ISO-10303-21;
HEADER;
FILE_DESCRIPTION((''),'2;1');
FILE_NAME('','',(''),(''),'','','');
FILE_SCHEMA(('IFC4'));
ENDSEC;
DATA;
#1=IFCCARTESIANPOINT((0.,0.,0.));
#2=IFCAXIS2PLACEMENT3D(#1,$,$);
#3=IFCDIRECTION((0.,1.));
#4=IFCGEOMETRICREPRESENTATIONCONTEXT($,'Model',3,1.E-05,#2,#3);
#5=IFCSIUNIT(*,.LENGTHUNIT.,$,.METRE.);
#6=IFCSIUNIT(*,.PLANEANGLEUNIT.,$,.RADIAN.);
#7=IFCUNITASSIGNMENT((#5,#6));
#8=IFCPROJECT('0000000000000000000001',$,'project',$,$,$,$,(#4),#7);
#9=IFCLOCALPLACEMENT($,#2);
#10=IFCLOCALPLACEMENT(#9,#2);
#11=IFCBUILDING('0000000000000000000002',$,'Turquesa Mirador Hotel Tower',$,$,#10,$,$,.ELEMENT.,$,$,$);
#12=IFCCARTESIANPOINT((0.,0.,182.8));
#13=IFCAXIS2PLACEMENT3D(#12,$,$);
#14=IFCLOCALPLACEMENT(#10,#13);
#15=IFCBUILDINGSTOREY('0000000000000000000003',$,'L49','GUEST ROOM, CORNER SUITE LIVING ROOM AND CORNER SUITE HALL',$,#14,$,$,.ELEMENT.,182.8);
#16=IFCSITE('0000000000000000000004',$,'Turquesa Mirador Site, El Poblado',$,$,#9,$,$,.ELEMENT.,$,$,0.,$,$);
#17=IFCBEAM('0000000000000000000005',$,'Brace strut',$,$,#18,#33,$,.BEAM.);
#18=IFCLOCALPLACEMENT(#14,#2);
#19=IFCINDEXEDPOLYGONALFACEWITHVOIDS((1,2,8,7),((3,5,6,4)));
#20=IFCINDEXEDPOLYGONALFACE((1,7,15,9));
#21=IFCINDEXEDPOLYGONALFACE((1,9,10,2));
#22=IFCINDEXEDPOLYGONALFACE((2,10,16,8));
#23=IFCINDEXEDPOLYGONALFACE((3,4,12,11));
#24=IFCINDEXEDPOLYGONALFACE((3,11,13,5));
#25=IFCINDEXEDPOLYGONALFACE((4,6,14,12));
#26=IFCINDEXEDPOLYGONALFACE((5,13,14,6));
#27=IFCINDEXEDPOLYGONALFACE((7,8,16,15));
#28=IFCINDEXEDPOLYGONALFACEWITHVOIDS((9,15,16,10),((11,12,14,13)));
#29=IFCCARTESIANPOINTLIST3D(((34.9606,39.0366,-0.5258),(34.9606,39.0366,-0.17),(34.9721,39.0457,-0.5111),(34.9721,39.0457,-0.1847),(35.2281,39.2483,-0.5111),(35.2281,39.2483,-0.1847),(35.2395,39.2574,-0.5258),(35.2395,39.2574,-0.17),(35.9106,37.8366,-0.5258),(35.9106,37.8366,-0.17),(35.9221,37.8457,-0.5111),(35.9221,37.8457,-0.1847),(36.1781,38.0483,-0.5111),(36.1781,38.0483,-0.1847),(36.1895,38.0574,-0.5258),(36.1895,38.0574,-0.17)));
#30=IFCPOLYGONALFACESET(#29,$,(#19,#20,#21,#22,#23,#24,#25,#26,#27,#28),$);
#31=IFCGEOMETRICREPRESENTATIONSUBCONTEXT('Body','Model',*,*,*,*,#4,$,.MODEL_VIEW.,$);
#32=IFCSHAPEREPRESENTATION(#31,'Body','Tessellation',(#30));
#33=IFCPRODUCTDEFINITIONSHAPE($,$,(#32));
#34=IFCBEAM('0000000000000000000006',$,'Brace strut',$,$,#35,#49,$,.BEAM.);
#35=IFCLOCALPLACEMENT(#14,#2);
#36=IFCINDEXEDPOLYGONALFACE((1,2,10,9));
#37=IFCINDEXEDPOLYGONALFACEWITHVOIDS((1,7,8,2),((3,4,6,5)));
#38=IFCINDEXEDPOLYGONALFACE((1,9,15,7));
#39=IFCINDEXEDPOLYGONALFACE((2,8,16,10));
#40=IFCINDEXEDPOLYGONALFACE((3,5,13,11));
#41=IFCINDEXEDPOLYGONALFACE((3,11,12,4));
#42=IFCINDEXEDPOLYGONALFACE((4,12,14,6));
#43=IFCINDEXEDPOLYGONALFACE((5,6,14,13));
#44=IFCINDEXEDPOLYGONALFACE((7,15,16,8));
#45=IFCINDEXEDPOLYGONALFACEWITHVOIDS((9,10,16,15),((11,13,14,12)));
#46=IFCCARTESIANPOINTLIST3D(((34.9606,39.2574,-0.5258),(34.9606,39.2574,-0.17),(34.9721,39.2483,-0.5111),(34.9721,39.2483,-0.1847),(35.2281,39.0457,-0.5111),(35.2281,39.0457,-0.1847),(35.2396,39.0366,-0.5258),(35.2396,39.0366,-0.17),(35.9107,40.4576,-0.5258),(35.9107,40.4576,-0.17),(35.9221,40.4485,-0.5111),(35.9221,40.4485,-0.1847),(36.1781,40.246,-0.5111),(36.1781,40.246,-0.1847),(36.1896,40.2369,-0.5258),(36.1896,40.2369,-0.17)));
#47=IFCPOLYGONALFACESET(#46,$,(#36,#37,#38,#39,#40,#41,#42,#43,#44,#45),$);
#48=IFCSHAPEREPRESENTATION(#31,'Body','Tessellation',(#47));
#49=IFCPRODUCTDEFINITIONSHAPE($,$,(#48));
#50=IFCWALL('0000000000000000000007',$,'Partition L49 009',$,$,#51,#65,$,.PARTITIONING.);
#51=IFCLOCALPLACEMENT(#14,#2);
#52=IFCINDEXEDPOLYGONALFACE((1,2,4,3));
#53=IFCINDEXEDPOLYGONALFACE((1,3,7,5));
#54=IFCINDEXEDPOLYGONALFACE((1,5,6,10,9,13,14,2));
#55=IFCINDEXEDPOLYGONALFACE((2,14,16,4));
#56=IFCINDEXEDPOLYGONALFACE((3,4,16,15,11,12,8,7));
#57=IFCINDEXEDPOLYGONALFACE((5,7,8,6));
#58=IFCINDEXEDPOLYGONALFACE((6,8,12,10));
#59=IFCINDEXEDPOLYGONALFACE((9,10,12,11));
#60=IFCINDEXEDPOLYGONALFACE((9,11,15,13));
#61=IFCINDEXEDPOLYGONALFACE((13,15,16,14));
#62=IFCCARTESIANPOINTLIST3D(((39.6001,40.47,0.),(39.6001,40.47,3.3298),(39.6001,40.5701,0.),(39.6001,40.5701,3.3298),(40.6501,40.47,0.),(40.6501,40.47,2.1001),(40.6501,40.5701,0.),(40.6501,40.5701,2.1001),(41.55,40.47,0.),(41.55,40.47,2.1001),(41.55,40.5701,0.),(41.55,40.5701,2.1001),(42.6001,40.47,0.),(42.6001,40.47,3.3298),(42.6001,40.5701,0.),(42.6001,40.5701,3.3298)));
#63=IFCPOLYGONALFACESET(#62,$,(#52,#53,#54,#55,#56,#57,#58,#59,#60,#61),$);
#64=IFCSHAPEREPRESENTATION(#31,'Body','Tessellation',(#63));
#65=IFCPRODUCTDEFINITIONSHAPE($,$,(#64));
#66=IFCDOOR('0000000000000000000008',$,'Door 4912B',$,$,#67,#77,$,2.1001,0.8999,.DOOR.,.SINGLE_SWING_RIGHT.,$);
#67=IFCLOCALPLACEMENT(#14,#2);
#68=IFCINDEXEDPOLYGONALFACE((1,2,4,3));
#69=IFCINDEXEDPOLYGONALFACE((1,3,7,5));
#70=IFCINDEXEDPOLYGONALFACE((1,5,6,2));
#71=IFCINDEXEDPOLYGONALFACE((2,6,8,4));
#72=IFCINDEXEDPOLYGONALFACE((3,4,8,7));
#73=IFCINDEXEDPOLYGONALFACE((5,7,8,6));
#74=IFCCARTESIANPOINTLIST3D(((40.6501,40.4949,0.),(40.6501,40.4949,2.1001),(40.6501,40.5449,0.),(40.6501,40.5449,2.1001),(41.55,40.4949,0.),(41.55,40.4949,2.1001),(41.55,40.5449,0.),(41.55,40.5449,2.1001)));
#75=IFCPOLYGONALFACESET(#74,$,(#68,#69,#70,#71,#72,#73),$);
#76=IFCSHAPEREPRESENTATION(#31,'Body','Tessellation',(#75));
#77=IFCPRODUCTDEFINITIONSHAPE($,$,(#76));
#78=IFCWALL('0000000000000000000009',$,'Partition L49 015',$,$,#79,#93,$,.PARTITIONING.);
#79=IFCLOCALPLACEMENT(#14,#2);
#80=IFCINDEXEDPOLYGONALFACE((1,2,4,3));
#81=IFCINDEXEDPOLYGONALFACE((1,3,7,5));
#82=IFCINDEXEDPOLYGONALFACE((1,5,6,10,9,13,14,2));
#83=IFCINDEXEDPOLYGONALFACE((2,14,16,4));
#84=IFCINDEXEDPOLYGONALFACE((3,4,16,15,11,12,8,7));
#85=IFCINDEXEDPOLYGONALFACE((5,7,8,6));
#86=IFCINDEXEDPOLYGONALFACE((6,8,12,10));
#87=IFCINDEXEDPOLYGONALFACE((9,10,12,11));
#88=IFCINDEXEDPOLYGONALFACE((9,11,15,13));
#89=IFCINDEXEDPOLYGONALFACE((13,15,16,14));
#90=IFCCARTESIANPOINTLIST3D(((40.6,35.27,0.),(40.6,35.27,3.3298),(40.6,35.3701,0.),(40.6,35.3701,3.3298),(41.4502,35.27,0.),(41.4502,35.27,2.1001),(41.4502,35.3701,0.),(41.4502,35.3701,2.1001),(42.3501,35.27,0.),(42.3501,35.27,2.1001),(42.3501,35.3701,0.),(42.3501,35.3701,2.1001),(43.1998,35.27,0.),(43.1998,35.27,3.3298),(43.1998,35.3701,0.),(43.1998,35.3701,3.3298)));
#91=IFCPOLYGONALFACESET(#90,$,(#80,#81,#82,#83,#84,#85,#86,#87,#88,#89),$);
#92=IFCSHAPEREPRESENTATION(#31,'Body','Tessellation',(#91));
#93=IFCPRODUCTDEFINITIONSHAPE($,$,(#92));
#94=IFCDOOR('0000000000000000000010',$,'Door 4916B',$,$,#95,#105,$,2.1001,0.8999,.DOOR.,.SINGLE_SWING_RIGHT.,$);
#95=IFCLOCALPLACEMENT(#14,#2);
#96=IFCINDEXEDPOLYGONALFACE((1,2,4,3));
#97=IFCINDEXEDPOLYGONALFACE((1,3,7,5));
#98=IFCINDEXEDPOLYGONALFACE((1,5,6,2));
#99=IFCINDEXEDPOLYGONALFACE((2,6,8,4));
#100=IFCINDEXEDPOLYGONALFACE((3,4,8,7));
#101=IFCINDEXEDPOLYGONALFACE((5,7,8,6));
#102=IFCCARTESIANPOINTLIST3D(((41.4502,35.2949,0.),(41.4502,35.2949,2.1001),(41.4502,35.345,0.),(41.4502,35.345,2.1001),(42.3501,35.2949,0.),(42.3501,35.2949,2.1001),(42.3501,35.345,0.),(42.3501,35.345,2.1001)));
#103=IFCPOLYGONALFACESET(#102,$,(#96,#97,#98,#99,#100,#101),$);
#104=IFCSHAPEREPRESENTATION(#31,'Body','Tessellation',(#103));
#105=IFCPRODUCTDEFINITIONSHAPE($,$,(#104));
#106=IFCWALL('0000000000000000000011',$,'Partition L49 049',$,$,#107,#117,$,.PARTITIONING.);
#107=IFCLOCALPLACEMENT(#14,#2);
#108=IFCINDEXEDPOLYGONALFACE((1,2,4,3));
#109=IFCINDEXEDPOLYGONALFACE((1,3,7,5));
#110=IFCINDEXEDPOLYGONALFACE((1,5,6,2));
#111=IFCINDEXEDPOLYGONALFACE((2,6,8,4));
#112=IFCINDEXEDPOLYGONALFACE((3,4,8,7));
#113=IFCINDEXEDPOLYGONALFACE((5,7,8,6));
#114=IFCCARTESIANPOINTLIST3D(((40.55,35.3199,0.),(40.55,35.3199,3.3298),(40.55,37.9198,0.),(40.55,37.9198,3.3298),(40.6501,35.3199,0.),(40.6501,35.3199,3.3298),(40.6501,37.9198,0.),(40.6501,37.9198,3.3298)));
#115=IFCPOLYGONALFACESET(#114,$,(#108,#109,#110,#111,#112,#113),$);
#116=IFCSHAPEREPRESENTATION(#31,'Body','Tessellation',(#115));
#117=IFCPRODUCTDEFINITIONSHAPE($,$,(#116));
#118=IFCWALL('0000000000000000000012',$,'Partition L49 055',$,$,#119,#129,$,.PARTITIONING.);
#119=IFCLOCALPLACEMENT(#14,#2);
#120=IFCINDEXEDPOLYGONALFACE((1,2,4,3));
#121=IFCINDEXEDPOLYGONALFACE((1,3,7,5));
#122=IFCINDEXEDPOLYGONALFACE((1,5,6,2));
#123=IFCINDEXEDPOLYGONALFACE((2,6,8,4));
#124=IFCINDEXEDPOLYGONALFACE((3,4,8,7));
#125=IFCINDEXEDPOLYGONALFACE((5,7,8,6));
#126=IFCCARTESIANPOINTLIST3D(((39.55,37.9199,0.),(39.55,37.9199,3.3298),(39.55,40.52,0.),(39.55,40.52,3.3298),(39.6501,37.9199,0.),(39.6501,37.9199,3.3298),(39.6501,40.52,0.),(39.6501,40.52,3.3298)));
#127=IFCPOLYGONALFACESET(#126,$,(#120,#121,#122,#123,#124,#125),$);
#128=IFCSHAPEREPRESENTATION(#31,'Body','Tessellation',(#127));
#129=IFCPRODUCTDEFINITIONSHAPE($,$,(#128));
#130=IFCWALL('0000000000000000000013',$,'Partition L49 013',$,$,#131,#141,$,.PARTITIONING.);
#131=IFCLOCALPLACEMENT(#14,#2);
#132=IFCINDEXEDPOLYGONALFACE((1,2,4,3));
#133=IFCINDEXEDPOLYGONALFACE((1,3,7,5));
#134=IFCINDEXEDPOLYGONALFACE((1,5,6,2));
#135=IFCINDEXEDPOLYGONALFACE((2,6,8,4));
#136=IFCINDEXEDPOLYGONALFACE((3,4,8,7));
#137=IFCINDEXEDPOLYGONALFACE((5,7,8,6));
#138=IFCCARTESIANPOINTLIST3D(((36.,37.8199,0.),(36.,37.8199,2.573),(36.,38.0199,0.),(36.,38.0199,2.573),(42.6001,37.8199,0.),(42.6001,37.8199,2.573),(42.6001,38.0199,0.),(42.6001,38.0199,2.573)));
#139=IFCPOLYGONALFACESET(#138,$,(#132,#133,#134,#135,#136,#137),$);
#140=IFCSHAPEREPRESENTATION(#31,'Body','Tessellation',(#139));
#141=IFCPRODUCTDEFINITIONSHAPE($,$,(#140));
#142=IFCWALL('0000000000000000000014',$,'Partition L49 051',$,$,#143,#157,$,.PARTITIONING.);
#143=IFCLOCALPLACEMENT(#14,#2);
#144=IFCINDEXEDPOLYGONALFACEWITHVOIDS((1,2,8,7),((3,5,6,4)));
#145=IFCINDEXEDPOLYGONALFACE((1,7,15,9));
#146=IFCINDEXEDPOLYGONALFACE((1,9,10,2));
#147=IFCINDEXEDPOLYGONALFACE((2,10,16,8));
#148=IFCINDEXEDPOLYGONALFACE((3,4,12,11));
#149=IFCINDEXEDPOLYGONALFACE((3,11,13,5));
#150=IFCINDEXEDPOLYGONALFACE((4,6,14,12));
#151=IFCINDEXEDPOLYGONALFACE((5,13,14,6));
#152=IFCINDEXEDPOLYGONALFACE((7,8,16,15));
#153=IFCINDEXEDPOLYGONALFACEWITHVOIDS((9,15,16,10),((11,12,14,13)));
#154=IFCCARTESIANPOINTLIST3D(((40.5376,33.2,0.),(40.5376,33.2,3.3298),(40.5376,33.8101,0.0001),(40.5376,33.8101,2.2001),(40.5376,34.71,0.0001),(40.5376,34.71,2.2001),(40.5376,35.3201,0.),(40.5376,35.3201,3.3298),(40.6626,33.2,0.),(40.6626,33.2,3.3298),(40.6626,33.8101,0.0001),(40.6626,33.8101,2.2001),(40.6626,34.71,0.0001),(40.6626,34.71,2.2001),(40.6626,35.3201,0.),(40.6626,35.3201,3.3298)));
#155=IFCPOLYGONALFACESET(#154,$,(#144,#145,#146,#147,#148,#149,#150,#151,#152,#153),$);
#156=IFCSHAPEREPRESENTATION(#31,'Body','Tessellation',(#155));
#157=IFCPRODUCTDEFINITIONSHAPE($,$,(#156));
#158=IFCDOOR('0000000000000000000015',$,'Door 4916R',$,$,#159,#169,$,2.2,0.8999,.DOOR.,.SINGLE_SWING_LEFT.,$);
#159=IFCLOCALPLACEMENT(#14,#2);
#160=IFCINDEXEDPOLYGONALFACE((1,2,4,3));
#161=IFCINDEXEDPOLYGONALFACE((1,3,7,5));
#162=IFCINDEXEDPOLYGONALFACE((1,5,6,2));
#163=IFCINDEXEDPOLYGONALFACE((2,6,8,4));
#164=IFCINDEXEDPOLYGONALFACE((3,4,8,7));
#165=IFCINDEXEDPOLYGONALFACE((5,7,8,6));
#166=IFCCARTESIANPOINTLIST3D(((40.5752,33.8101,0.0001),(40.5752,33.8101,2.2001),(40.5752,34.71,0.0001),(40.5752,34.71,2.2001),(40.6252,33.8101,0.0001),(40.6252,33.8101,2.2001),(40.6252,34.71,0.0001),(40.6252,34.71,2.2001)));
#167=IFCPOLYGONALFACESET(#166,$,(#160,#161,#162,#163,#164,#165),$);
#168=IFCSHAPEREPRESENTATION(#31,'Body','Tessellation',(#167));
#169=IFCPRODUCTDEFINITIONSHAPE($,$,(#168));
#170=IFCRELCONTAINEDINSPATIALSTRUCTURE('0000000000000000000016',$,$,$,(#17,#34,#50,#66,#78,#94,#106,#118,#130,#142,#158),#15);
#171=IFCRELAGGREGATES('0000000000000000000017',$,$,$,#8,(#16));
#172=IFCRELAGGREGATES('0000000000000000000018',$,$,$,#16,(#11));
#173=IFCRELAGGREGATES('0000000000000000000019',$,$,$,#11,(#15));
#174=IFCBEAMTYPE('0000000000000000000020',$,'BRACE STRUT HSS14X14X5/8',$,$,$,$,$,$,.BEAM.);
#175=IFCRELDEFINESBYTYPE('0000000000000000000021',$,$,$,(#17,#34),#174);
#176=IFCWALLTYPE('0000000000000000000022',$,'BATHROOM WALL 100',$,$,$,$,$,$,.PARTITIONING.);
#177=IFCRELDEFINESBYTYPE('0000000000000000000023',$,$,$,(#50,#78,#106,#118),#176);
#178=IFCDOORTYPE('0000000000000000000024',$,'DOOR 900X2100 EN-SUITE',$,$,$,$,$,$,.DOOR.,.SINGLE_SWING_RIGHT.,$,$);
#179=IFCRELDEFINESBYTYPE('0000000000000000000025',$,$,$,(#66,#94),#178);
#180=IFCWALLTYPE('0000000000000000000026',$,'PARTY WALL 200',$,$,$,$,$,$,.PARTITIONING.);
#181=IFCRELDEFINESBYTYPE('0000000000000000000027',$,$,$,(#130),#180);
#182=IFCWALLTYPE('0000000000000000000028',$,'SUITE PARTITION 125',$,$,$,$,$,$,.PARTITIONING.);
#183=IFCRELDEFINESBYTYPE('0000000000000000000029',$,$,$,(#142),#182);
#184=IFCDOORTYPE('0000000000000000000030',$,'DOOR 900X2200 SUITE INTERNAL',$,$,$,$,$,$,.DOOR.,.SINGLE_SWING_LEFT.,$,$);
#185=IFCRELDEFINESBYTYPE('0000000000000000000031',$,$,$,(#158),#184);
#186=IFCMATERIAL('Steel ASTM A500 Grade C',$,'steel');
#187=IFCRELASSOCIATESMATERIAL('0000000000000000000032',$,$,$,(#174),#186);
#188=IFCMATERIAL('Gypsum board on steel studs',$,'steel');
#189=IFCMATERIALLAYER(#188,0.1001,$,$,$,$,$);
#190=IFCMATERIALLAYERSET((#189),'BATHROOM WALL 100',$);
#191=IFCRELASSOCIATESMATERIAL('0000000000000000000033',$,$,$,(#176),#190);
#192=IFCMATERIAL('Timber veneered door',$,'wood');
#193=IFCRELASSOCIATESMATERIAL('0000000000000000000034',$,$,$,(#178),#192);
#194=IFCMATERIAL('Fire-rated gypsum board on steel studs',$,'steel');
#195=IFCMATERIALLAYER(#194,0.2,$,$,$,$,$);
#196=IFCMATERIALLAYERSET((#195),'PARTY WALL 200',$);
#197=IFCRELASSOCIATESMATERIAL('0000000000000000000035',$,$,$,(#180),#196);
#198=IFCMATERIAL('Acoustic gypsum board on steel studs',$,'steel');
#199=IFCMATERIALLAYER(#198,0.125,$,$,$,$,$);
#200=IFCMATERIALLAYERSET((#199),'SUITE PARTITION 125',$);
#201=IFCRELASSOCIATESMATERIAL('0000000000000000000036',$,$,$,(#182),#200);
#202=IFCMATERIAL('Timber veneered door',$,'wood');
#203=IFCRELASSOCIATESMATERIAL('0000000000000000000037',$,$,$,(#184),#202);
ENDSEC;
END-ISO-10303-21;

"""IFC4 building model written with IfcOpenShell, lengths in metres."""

from ifc_helpers import new_model, si_unit, direction, frame, frame_2d, origin, origin_2d, place, context, subcontext, project, spatial, rectangle, hollow_rectangle, extrude, material, layer, layer_set, material_profile, profile_set, type_object, element, fill, save


model = new_model("IFC4")

# Units and contexts
model_context = context("Model", 3, precision=1e-05, world=origin(), true_north=direction((0.0, 1.0)))
body_context = subcontext(model_context, "Body", "Model", "MODEL_VIEW")
ifc_project = project(units=[si_unit("LENGTHUNIT", "METRE"), si_unit("PLANEANGLEUNIT", "RADIAN")], contexts=[model_context])

# Site, building, storey
site_placement = place(None, origin())
site = spatial("IfcSite", under=ifc_project, at=site_placement, Name="Turquesa Mirador Site, El Poblado", CompositionType="ELEMENT", RefElevation=0.0)
building_placement = place(site_placement, origin())
building = spatial("IfcBuilding", under=site, at=building_placement, Name="Turquesa Mirador Hotel Tower", CompositionType="ELEMENT")
storey_placement = place(building_placement, frame((0.0, 0.0, 182.8)))
storey = spatial("IfcBuildingStorey", under=building, at=storey_placement, Name="L49", Description="GUEST ROOM, CORNER SUITE LIVING ROOM AND CORNER SUITE HALL", CompositionType="ELEMENT", Elevation=182.8)

# Beams
ifc_material_1 = material(Name="Steel ASTM A500 Grade C", Category="steel")
ifc_material_profile_1 = material_profile(ifc_material_1, hollow_rectangle(XDim=0.3557, YDim=0.3557, WallThickness=0.0146, at=origin_2d()), Name="HSS14X14X5/8")
ifc_profile_set_1 = profile_set([ifc_material_profile_1], Name="Steel ASTM A500 Grade C")
beam_type_1 = type_object("IfcBeamType", Name="BRACE STRUT HSS14X14X5/8", PredefinedType="BEAM", material=ifc_profile_set_1)
beam_1_placement = place(storey_placement, frame((35.1001, 39.147, -0.3479), z_axis=(0.620699, -0.784049, 0.0), x_axis=(0.784049, 0.620699, 0.0)))
element("IfcBeam", 1, at=beam_1_placement, inside=storey, type_object=beam_type_1, Name="Brace strut", PredefinedType="BEAM", context=body_context, shape_type="SweptSolid", body=[
    extrude(hollow_rectangle(XDim=0.3557, YDim=0.3557, WallThickness=0.0146, at=origin_2d()), origin(), (0.0, 0.0, 1.0), 1.5305),
])
beam_2_placement = place(storey_placement, frame((35.1001, 39.147, -0.3479), z_axis=(0.620621, 0.784111, 0.0), x_axis=(-0.784111, 0.620621, 0.0)))
element("IfcBeam", 2, at=beam_2_placement, inside=storey, type_object=beam_type_1, Name="Brace strut", PredefinedType="BEAM", context=body_context, shape_type="SweptSolid", body=[
    extrude(hollow_rectangle(XDim=0.3557, YDim=0.3557, WallThickness=0.0146, at=origin_2d()), origin(), (0.0, 0.0, 1.0), 1.5308),
])

# Walls, openings, doors
ifc_material_2 = material(Name="Gypsum board on steel studs", Category="steel")
ifc_layer_1 = layer(ifc_material_2, 0.1001)
ifc_layer_set_1 = layer_set([ifc_layer_1], Name="BATHROOM WALL 100")
wall_type_1 = type_object("IfcWallType", Name="BATHROOM WALL 100", PredefinedType="PARTITIONING", material=ifc_layer_set_1)
wall_1_placement = place(storey_placement, frame((39.6001, 40.52, 0.0), z_axis=(0.0, 0.0, 1.0), x_axis=(1.0, 0.0, 0.0)))
wall_1 = element("IfcWall", 3, at=wall_1_placement, inside=storey, type_object=wall_type_1, Name="Partition L49 009", PredefinedType="PARTITIONING", context=body_context, shape_type="SweptSolid", body=[
    extrude(rectangle(XDim=3.0, YDim=0.1001, at=frame_2d((1.5, 0.0))), origin(), (0.0, 0.0, 1.0), 3.3298),
])
opening_1_placement = place(wall_1_placement, frame((1.05, 0.0, 0.0)))
opening_1 = element("IfcOpeningElement", 4, at=opening_1_placement, cuts=wall_1, PredefinedType="OPENING", context=body_context, shape_type="SweptSolid", body=[
    extrude(rectangle(XDim=0.8999, YDim=2.1001, at=frame_2d((0.45, 1.05))), frame((0.0, 0.0601, 0.0), z_axis=(0.0, -1.0, 0.0), x_axis=(1.0, 0.0, 0.0)), (0.0, 0.0, 1.0), 0.1201),
])
ifc_material_3 = material(Name="Timber veneered door", Category="wood")
door_type_1 = type_object("IfcDoorType", Name="DOOR 900X2100 EN-SUITE", OperationType="SINGLE_SWING_RIGHT", PredefinedType="DOOR", material=ifc_material_3)
door_1_placement = place(opening_1_placement, origin())
door_1 = element("IfcDoor", 5, at=door_1_placement, inside=storey, type_object=door_type_1, Name="Door 4912B", OperationType="SINGLE_SWING_RIGHT", OverallHeight=2.1001, OverallWidth=0.8999, PredefinedType="DOOR", context=body_context, shape_type="SweptSolid", body=[
    extrude(rectangle(XDim=0.8999, YDim=2.1001, at=frame_2d((0.45, 1.05))), frame((0.0, 0.0249, 0.0), z_axis=(0.0, -1.0, 0.0), x_axis=(1.0, 0.0, 0.0)), (0.0, 0.0, 1.0), 0.05),
])
fill(opening_1, door_1)
wall_2_placement = place(storey_placement, frame((40.6001, 35.3201, 0.0), z_axis=(0.0, 0.0, 1.0), x_axis=(1.0, 0.0, 0.0)))
wall_2 = element("IfcWall", 6, at=wall_2_placement, inside=storey, type_object=wall_type_1, Name="Partition L49 015", PredefinedType="PARTITIONING", context=body_context, shape_type="SweptSolid", body=[
    extrude(rectangle(XDim=2.5999, YDim=0.1001, at=frame_2d((1.2998, 0.0))), origin(), (0.0, 0.0, 1.0), 3.3298),
])
opening_2_placement = place(wall_2_placement, frame((0.8501, 0.0, 0.0)))
opening_2 = element("IfcOpeningElement", 7, at=opening_2_placement, cuts=wall_2, PredefinedType="OPENING", context=body_context, shape_type="SweptSolid", body=[
    extrude(rectangle(XDim=0.8999, YDim=2.1001, at=frame_2d((0.45, 1.05))), frame((0.0, 0.0601, 0.0), z_axis=(0.0, -1.0, 0.0), x_axis=(1.0, 0.0, 0.0)), (0.0, 0.0, 1.0), 0.1201),
])
door_2_placement = place(opening_2_placement, origin())
door_2 = element("IfcDoor", 8, at=door_2_placement, inside=storey, type_object=door_type_1, Name="Door 4916B", OperationType="SINGLE_SWING_RIGHT", OverallHeight=2.1001, OverallWidth=0.8999, PredefinedType="DOOR", context=body_context, shape_type="SweptSolid", body=[
    extrude(rectangle(XDim=0.8999, YDim=2.1001, at=frame_2d((0.45, 1.05))), frame((0.0, 0.0249, 0.0), z_axis=(0.0, -1.0, 0.0), x_axis=(1.0, 0.0, 0.0)), (0.0, 0.0, 1.0), 0.05),
])
fill(opening_2, door_2)

# Walls
wall_3_placement = place(storey_placement, frame((40.6001, 35.3201, 0.0), z_axis=(0.0, 0.0, 1.0), x_axis=(0.0, 1.0, 0.0)))
element("IfcWall", 9, at=wall_3_placement, inside=storey, type_object=wall_type_1, Name="Partition L49 049", PredefinedType="PARTITIONING", context=body_context, shape_type="SweptSolid", body=[
    extrude(rectangle(XDim=2.5999, YDim=0.1001, at=frame_2d((1.2998, 0.0))), origin(), (0.0, 0.0, 1.0), 3.3298),
])
wall_4_placement = place(storey_placement, frame((39.6001, 37.9199, 0.0), z_axis=(0.0, 0.0, 1.0), x_axis=(0.0, 1.0, 0.0)))
element("IfcWall", 10, at=wall_4_placement, inside=storey, type_object=wall_type_1, Name="Partition L49 055", PredefinedType="PARTITIONING", context=body_context, shape_type="SweptSolid", body=[
    extrude(rectangle(XDim=2.6001, YDim=0.1001, at=frame_2d((1.3, 0.0))), origin(), (0.0, 0.0, 1.0), 3.3298),
])
ifc_material_4 = material(Name="Fire-rated gypsum board on steel studs", Category="steel")
ifc_layer_2 = layer(ifc_material_4, 0.2)
ifc_layer_set_2 = layer_set([ifc_layer_2], Name="PARTY WALL 200")
wall_type_2 = type_object("IfcWallType", Name="PARTY WALL 200", PredefinedType="PARTITIONING", material=ifc_layer_set_2)
wall_5_placement = place(storey_placement, frame((36.0, 37.9199, 0.0), z_axis=(0.0, 0.0, 1.0), x_axis=(1.0, 0.0, 0.0)))
element("IfcWall", 11, at=wall_5_placement, inside=storey, type_object=wall_type_2, Name="Partition L49 013", PredefinedType="PARTITIONING", context=body_context, shape_type="SweptSolid", body=[
    extrude(rectangle(XDim=6.6001, YDim=0.2, at=frame_2d((3.3, 0.0))), origin(), (0.0, 0.0, 1.0), 2.573),
])

# Wall, opening, door
ifc_material_5 = material(Name="Acoustic gypsum board on steel studs", Category="steel")
ifc_layer_3 = layer(ifc_material_5, 0.125)
ifc_layer_set_3 = layer_set([ifc_layer_3], Name="SUITE PARTITION 125")
wall_type_3 = type_object("IfcWallType", Name="SUITE PARTITION 125", PredefinedType="PARTITIONING", material=ifc_layer_set_3)
wall_6_placement = place(storey_placement, frame((40.6001, 33.2, 0.0), z_axis=(0.0, 0.0, 1.0), x_axis=(0.0, 1.0, 0.0)))
wall_6 = element("IfcWall", 12, at=wall_6_placement, inside=storey, type_object=wall_type_3, Name="Partition L49 051", PredefinedType="PARTITIONING", context=body_context, shape_type="SweptSolid", body=[
    extrude(rectangle(XDim=2.1201, YDim=0.125, at=frame_2d((1.0601, 0.0))), origin(), (0.0, 0.0, 1.0), 3.3298),
])
opening_3_placement = place(wall_6_placement, frame((0.6101, 0.0, 0.0)))
opening_3 = element("IfcOpeningElement", 13, at=opening_3_placement, cuts=wall_6, PredefinedType="OPENING", context=body_context, shape_type="SweptSolid", body=[
    extrude(rectangle(XDim=0.8999, YDim=2.2, at=frame_2d((0.45, 1.1001))), frame((0.0, 0.0725, 0.0), z_axis=(0.0, -1.0, 0.0), x_axis=(1.0, 0.0, 0.0)), (0.0, 0.0, 1.0), 0.145),
])
ifc_material_6 = material(Name="Timber veneered door", Category="wood")
door_type_2 = type_object("IfcDoorType", Name="DOOR 900X2200 SUITE INTERNAL", OperationType="SINGLE_SWING_LEFT", PredefinedType="DOOR", material=ifc_material_6)
door_3_placement = place(opening_3_placement, origin())
door_3 = element("IfcDoor", 14, at=door_3_placement, inside=storey, type_object=door_type_2, Name="Door 4916R", OperationType="SINGLE_SWING_LEFT", OverallHeight=2.2, OverallWidth=0.8999, PredefinedType="DOOR", context=body_context, shape_type="SweptSolid", body=[
    extrude(rectangle(XDim=0.8999, YDim=2.2, at=frame_2d((0.45, 1.1001))), frame((0.0, 0.0249, 0.0), z_axis=(0.0, -1.0, 0.0), x_axis=(1.0, 0.0, 0.0)), (0.0, 0.0, 1.0), 0.05),
])
fill(opening_3, door_3)

save(model, "model.ifc")
